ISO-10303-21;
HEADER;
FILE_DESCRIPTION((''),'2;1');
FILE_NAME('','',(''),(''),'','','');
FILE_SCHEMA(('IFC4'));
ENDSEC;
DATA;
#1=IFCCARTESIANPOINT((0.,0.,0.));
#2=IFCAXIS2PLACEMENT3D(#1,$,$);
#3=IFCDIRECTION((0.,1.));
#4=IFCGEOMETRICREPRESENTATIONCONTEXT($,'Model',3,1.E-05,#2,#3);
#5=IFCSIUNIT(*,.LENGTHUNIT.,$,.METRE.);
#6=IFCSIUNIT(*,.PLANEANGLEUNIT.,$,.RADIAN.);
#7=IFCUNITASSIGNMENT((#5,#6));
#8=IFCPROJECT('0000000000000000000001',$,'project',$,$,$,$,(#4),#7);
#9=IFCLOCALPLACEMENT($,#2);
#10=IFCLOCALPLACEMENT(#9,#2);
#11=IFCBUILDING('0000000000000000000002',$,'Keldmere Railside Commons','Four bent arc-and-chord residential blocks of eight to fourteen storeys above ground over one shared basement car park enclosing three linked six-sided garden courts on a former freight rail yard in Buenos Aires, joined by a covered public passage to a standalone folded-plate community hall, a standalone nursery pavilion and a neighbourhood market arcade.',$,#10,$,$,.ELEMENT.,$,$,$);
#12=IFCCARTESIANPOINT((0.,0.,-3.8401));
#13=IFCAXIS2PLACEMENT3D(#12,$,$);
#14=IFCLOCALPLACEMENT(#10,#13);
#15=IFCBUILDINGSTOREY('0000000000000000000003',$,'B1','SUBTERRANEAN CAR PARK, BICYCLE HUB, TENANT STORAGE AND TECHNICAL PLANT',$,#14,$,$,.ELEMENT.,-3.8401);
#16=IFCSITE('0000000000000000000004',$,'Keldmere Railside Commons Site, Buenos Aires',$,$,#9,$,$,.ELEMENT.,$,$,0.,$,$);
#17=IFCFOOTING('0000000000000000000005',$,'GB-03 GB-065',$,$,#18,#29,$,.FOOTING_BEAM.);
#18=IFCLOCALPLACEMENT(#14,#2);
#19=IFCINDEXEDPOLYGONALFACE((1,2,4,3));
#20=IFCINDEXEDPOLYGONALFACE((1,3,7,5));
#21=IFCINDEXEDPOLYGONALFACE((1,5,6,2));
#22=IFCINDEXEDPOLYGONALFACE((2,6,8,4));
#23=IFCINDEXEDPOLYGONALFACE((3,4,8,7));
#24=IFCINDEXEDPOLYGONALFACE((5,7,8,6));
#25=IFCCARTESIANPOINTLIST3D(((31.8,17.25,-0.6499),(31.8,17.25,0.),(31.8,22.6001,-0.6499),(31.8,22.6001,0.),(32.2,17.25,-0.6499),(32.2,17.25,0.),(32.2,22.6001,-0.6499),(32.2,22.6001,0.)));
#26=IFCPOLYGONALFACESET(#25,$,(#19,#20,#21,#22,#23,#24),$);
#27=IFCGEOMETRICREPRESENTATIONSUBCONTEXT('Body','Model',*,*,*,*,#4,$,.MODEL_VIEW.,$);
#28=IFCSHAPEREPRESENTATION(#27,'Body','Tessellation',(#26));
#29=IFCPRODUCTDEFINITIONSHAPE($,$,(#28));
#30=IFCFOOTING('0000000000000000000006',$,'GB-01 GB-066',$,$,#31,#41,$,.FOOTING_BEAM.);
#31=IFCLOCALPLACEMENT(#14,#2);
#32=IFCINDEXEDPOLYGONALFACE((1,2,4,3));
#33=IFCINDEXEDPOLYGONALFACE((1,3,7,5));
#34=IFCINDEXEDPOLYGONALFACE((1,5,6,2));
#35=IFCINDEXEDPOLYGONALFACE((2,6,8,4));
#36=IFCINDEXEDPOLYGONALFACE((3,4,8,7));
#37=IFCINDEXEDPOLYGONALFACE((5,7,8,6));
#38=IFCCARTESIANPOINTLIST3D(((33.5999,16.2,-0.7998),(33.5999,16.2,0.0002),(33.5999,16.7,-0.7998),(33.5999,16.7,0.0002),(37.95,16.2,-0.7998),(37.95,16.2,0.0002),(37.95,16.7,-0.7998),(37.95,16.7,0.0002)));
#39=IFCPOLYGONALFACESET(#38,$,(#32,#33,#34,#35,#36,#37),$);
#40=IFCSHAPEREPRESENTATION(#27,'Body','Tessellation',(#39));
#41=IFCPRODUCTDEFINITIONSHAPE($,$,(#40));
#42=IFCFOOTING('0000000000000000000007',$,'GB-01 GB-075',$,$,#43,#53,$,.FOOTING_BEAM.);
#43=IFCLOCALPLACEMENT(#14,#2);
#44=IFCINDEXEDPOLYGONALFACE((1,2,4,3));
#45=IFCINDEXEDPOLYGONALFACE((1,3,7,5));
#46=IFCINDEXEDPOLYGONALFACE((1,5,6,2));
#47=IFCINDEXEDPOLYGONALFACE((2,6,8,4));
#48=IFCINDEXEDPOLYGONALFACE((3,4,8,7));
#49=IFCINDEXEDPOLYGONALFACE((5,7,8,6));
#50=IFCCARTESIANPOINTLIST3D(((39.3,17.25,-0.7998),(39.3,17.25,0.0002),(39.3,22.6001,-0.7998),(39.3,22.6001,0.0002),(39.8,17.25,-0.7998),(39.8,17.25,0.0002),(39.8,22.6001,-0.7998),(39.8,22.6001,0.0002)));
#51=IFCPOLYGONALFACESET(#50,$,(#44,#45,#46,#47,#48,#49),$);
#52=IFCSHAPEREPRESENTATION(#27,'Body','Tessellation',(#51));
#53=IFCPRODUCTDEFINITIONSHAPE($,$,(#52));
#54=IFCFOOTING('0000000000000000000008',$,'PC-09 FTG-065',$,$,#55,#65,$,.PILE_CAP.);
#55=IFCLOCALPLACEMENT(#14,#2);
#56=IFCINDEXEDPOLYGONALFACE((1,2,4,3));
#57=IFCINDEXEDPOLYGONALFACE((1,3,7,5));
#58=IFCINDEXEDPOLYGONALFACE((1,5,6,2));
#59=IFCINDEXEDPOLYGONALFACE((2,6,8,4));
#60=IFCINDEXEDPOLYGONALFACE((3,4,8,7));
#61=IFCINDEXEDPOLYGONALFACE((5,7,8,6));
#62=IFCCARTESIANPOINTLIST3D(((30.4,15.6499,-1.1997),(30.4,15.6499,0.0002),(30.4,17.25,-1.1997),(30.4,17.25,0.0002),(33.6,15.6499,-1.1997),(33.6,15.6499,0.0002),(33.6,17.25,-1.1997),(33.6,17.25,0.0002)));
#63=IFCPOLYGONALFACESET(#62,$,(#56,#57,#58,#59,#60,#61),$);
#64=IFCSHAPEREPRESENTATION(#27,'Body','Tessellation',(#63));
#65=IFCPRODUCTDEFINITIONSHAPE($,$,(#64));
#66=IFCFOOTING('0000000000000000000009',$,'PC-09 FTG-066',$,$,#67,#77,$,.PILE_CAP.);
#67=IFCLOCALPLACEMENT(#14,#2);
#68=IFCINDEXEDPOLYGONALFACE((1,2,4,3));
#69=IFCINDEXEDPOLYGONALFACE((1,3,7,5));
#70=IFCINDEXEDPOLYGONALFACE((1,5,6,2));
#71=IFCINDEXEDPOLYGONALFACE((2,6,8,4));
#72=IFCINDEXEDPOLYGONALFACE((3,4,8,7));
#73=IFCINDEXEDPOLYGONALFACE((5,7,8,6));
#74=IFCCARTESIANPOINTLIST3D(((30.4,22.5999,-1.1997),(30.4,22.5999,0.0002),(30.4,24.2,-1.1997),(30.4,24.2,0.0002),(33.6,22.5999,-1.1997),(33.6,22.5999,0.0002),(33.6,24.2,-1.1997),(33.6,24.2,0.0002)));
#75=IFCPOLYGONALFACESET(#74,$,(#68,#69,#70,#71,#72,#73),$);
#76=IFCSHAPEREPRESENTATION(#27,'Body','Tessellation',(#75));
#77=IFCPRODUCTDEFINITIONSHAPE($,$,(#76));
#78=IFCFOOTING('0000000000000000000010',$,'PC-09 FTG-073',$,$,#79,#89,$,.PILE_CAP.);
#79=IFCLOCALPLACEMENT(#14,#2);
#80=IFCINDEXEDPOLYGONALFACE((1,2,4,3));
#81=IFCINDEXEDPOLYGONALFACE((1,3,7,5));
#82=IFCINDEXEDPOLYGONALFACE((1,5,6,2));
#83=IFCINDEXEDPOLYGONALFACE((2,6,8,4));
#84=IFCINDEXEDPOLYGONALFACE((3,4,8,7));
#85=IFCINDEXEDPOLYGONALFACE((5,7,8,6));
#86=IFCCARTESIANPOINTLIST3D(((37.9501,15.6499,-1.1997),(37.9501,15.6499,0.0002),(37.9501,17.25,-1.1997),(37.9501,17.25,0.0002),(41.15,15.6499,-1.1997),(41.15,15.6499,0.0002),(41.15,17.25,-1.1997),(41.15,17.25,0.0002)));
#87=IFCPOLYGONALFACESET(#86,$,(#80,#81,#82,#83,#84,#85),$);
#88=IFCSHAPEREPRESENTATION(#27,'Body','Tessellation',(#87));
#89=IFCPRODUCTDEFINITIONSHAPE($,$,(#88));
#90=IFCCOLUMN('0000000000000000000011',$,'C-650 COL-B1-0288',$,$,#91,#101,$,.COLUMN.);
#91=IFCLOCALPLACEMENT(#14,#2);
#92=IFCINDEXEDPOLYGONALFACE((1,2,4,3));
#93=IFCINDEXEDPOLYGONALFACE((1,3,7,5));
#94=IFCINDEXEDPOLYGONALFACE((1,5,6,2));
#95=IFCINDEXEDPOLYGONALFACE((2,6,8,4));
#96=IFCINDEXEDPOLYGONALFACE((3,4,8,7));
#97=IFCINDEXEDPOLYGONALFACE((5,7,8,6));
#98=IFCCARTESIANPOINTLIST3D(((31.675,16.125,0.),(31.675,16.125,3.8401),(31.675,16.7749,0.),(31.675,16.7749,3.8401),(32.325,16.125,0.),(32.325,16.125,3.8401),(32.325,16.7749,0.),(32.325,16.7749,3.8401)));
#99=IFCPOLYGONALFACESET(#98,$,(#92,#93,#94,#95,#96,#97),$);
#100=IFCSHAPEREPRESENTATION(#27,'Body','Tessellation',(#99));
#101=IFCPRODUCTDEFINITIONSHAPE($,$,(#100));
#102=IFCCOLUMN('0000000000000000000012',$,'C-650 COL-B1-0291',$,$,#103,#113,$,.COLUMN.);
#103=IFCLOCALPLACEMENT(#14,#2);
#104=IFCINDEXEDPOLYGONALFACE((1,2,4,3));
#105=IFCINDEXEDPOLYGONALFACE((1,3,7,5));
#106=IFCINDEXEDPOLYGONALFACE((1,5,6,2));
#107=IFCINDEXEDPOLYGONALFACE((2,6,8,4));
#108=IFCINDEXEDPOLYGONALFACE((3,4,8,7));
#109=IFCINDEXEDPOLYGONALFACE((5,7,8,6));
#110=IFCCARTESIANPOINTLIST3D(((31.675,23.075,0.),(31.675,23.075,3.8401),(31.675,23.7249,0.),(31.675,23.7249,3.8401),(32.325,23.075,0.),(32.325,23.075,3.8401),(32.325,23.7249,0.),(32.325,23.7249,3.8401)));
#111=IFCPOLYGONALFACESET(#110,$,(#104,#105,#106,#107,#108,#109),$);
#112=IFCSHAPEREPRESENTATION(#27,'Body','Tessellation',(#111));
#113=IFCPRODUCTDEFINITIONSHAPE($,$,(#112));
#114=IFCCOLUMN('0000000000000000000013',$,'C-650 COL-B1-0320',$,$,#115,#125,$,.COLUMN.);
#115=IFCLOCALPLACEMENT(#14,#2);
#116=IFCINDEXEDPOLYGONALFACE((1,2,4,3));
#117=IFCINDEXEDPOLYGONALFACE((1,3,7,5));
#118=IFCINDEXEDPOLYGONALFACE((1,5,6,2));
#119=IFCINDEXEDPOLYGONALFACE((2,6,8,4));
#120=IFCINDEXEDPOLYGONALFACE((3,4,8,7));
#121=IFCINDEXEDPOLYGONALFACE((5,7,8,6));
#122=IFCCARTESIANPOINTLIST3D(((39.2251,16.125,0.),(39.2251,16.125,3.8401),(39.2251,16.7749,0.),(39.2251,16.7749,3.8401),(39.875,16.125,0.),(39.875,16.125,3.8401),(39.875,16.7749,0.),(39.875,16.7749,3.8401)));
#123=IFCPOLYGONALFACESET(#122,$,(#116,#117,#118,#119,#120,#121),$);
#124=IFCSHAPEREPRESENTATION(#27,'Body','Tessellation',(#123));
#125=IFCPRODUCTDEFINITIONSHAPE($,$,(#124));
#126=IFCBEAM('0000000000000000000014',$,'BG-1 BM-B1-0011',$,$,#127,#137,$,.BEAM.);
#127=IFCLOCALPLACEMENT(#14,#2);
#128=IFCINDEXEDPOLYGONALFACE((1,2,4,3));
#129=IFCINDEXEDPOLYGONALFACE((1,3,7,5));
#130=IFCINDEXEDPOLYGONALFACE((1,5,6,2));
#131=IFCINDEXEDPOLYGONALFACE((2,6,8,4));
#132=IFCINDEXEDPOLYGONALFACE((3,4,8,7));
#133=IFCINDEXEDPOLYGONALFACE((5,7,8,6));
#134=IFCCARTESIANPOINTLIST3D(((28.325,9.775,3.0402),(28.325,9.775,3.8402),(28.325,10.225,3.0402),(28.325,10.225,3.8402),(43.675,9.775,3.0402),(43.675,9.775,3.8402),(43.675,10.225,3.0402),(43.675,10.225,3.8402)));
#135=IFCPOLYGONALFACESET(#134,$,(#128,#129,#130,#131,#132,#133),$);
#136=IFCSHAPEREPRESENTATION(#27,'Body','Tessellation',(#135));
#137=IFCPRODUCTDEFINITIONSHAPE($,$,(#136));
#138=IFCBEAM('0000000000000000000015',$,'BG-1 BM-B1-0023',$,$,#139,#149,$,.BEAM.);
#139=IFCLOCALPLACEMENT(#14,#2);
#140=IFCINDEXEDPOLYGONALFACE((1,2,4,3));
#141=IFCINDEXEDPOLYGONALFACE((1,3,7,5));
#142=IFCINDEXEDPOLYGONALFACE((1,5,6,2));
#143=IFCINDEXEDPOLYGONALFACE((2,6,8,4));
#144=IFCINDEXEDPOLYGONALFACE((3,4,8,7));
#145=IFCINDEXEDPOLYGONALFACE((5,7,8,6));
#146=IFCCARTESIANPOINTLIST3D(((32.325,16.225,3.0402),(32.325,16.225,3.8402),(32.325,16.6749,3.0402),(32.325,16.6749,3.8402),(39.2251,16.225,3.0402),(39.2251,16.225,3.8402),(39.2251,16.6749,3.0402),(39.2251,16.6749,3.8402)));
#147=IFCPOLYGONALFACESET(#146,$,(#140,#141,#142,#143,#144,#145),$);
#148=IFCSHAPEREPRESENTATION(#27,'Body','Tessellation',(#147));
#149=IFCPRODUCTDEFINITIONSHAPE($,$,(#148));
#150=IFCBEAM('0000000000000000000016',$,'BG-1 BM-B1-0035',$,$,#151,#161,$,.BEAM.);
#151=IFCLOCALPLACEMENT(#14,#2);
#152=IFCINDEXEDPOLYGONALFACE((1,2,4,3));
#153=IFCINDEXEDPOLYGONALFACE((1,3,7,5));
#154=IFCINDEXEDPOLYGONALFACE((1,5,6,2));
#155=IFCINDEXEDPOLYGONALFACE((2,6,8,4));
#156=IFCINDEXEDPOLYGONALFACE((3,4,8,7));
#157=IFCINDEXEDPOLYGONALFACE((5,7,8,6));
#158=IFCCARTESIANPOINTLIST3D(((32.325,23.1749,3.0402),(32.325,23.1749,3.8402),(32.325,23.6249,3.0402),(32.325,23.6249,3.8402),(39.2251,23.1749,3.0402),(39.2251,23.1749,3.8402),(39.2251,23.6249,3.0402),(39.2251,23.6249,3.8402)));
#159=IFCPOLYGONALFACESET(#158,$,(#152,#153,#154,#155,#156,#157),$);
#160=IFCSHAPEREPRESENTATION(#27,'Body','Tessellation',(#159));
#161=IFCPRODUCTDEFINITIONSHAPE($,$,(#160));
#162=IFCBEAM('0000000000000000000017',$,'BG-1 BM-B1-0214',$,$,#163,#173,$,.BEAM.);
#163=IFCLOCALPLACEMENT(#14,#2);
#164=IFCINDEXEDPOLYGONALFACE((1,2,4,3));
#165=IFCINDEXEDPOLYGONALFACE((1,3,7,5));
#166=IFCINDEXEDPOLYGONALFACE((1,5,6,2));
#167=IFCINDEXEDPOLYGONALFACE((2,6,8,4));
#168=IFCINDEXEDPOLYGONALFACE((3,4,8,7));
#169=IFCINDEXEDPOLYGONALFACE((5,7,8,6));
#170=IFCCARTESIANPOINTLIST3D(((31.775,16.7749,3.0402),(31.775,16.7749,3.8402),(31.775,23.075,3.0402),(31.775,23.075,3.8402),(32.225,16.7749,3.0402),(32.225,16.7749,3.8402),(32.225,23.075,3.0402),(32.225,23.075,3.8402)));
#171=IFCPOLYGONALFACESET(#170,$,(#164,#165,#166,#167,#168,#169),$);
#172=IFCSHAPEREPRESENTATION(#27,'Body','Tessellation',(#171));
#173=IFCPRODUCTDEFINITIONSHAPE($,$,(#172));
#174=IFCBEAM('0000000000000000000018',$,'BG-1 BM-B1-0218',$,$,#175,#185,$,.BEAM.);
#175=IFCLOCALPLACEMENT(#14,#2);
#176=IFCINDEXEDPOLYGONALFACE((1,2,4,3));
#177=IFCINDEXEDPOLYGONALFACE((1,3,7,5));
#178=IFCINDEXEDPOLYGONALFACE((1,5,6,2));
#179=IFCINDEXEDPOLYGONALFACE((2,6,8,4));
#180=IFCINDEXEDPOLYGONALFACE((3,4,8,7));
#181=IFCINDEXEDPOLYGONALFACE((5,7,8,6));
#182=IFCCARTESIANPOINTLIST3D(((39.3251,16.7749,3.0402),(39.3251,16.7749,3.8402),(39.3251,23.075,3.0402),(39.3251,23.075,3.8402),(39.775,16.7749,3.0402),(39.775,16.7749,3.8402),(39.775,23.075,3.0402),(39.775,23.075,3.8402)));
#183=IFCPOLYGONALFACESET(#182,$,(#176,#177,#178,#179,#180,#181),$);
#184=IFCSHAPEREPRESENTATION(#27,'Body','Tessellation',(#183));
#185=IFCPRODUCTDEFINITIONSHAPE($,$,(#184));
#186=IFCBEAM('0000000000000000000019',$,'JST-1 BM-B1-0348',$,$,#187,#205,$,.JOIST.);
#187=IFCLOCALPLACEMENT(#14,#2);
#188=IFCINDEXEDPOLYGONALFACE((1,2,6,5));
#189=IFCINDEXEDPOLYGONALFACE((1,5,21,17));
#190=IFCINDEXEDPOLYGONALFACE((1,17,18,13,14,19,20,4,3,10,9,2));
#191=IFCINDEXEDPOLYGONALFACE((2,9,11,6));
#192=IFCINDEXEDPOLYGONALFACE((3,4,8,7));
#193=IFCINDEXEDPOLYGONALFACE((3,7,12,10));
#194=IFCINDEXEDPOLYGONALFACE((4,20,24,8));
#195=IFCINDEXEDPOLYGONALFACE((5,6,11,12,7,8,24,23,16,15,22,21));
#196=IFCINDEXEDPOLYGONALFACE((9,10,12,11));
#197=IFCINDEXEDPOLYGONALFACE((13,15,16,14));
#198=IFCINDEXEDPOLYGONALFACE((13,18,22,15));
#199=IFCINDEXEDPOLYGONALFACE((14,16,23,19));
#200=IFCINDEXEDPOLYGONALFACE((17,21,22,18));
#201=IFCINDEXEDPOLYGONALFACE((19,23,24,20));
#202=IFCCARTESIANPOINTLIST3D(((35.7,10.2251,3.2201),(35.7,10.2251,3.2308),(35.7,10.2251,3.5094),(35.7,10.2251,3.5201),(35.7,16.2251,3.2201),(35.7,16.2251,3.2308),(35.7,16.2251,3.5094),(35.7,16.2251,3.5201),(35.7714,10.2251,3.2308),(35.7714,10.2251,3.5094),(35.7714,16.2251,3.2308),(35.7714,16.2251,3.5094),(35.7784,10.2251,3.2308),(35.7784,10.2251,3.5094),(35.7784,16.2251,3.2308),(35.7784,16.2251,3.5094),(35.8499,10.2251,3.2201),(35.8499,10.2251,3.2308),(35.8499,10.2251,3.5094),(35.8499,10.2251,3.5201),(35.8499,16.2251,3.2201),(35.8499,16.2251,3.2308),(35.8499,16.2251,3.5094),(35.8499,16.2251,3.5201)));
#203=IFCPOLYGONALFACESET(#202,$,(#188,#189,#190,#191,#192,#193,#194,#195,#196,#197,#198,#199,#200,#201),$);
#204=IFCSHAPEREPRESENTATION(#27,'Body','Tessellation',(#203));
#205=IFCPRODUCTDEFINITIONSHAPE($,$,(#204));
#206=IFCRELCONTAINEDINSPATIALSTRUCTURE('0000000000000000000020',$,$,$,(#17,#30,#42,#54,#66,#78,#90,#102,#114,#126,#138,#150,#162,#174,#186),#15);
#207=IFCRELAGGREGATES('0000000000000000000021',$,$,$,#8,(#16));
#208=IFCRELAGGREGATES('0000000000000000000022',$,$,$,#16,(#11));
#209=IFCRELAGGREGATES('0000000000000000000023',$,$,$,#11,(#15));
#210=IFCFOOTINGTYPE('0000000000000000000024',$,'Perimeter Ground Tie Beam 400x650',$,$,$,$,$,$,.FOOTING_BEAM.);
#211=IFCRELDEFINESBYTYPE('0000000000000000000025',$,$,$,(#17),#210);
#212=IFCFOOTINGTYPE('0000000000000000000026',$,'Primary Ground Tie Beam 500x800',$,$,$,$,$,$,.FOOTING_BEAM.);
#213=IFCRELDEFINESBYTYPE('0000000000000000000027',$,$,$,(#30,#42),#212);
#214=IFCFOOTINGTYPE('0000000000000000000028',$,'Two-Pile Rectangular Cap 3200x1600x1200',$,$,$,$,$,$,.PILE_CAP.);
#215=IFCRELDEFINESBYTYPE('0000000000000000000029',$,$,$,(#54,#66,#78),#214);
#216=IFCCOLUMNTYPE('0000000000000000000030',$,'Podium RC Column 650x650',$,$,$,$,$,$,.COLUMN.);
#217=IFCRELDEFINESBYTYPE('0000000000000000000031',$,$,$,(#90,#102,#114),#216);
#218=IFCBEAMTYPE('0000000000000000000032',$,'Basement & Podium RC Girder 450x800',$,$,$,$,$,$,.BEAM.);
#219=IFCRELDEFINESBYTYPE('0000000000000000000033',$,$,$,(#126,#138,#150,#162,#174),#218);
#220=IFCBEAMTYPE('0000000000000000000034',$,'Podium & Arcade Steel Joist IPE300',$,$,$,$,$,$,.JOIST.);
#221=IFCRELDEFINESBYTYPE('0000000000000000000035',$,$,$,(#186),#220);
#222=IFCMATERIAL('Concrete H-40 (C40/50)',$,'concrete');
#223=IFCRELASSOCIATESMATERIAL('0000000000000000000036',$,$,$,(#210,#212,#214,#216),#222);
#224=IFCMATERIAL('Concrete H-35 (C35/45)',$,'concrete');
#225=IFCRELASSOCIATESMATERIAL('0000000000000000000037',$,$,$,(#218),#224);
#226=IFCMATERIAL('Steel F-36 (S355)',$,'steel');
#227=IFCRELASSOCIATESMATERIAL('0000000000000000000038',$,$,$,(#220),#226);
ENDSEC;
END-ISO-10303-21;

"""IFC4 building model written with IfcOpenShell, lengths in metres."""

from ifc_helpers import new_model, si_unit, direction, frame, origin, origin_2d, place, context, subcontext, project, spatial, rectangle, i_section, extrude, material, material_profile, profile_set, type_object, element, save


model = new_model("IFC4")

# Units and contexts
model_context = context("Model", 3, precision=1e-05, world=origin(), true_north=direction((0.0, 1.0)))
body_context = subcontext(model_context, "Body", "Model", "MODEL_VIEW")
ifc_project = project(units=[si_unit("LENGTHUNIT", "METRE"), si_unit("PLANEANGLEUNIT", "RADIAN")], contexts=[model_context])

# Site, building, storey
site_placement = place(None, origin())
site = spatial("IfcSite", under=ifc_project, at=site_placement, Name="Keldmere Railside Commons Site, Buenos Aires", CompositionType="ELEMENT", RefElevation=0.0)
building_placement = place(site_placement, origin())
building = spatial("IfcBuilding", under=site, at=building_placement, Name="Keldmere Railside Commons", Description="Four bent arc-and-chord residential blocks of eight to fourteen storeys above ground over one shared basement car park enclosing three linked six-sided garden courts on a former freight rail yard in Buenos Aires, joined by a covered public passage to a standalone folded-plate community hall, a standalone nursery pavilion and a neighbourhood market arcade.", CompositionType="ELEMENT")
storey_placement = place(building_placement, frame((0.0, 0.0, -3.8401)))
storey = spatial("IfcBuildingStorey", under=building, at=storey_placement, Name="B1", Description="SUBTERRANEAN CAR PARK, BICYCLE HUB, TENANT STORAGE AND TECHNICAL PLANT", CompositionType="ELEMENT", Elevation=-3.8401)

# Footings
ifc_material_1 = material(Name="Concrete H-40 (C40/50)", Category="concrete")
footing_type_1 = type_object("IfcFootingType", Name="Perimeter Ground Tie Beam 400x650", PredefinedType="FOOTING_BEAM", material=ifc_material_1)
footing_1_placement = place(storey_placement, frame((32.0, 19.925, -0.6499), z_axis=(0.0, 0.0, 1.0), x_axis=(0.0, 1.0, 0.0)))
element("IfcFooting", 1, at=footing_1_placement, inside=storey, type_object=footing_type_1, Name="GB-03 GB-065", PredefinedType="FOOTING_BEAM", context=body_context, shape_type="SweptSolid", body=[
    extrude(rectangle(XDim=5.3501, YDim=0.3999, at=origin_2d()), origin(), (0.0, 0.0, 1.0), 0.6499),
])
footing_type_2 = type_object("IfcFootingType", Name="Primary Ground Tie Beam 500x800", PredefinedType="FOOTING_BEAM", material=ifc_material_1)
footing_2_placement = place(storey_placement, frame((35.7749, 16.45, -0.7998), z_axis=(0.0, 0.0, 1.0), x_axis=(1.0, 0.0, 0.0)))
element("IfcFooting", 2, at=footing_2_placement, inside=storey, type_object=footing_type_2, Name="GB-01 GB-066", PredefinedType="FOOTING_BEAM", context=body_context, shape_type="SweptSolid", body=[
    extrude(rectangle(XDim=4.3501, YDim=0.5, at=origin_2d()), origin(), (0.0, 0.0, 1.0), 0.8),
])
footing_3_placement = place(storey_placement, frame((39.55, 19.925, -0.7998), z_axis=(0.0, 0.0, 1.0), x_axis=(0.0, 1.0, 0.0)))
element("IfcFooting", 3, at=footing_3_placement, inside=storey, type_object=footing_type_2, Name="GB-01 GB-075", PredefinedType="FOOTING_BEAM", context=body_context, shape_type="SweptSolid", body=[
    extrude(rectangle(XDim=5.3501, YDim=0.5, at=origin_2d()), origin(), (0.0, 0.0, 1.0), 0.8),
])
footing_type_3 = type_object("IfcFootingType", Name="Two-Pile Rectangular Cap 3200x1600x1200", PredefinedType="PILE_CAP", material=ifc_material_1)
for number, where, z_axis, x_axis, name in (
    (4, (32.0, 16.45, -1.1997), (0.0, 0.0, 1.0), (1.0, 0.0, 0.0), "PC-09 FTG-065"),
    (5, (32.0, 23.3999, -1.1997), (0.0, 0.0, 1.0), (1.0, 0.0, 0.0), "PC-09 FTG-066"),
    (6, (39.55, 16.45, -1.1997), (0.0, 0.0, 1.0), (1.0, 0.0, 0.0), "PC-09 FTG-073"),
):
    element("IfcFooting", number, at=place(storey_placement, frame(where, z_axis=z_axis, x_axis=x_axis)), inside=storey, type_object=footing_type_3, Name=name, PredefinedType="PILE_CAP", context=body_context, shape_type="SweptSolid", body=[
        extrude(rectangle(XDim=3.2, YDim=1.6001, at=origin_2d()), origin(), (0.0, 0.0, 1.0), 1.2),
    ])

# Columns
ifc_material_profile_1 = material_profile(ifc_material_1, rectangle(XDim=0.6499, YDim=0.6499, at=origin_2d()), Name="RC-650x650")
ifc_profile_set_1 = profile_set([ifc_material_profile_1], Name="Concrete H-40 (C40/50)")
column_type = type_object("IfcColumnType", Name="Podium RC Column 650x650", PredefinedType="COLUMN", material=ifc_profile_set_1)
for number, where, z_axis, x_axis, name in (
    (7, (32.0, 16.45, 0.0), (0.0, 0.0, 1.0), (1.0, 0.0, 0.0), "C-650 COL-B1-0288"),
    (8, (32.0, 23.3999, 0.0), (0.0, 0.0, 1.0), (1.0, 0.0, 0.0), "C-650 COL-B1-0291"),
    (9, (39.55, 16.45, 0.0), (0.0, 0.0, 1.0), (1.0, 0.0, 0.0), "C-650 COL-B1-0320"),
):
    element("IfcColumn", number, at=place(storey_placement, frame(where, z_axis=z_axis, x_axis=x_axis)), inside=storey, type_object=column_type, Name=name, PredefinedType="COLUMN", context=body_context, shape_type="SweptSolid", body=[
        extrude(rectangle(XDim=0.6499, YDim=0.6499, at=origin_2d()), origin(), (0.0, 0.0, 1.0), 3.8401),
    ])

# Beams
ifc_material_2 = material(Name="Concrete H-35 (C35/45)", Category="concrete")
ifc_material_profile_2 = material_profile(ifc_material_2, rectangle(XDim=0.45, YDim=0.8, at=origin_2d()), Name="RC-450x800")
ifc_profile_set_2 = profile_set([ifc_material_profile_2], Name="Concrete H-35 (C35/45)")
beam_type_1 = type_object("IfcBeamType", Name="Basement & Podium RC Girder 450x800", PredefinedType="BEAM", material=ifc_profile_set_2)
beam_1_placement = place(storey_placement, frame((28.325, 10.0, 3.4402), z_axis=(1.0, 0.0, 0.0), x_axis=(0.0, 1.0, 0.0)))
element("IfcBeam", 10, at=beam_1_placement, inside=storey, type_object=beam_type_1, Name="BG-1 BM-B1-0011", PredefinedType="BEAM", context=body_context, shape_type="SweptSolid", body=[
    extrude(rectangle(XDim=0.45, YDim=0.8, at=origin_2d()), origin(), (0.0, 0.0, 1.0), 15.3501),
])
for number, where, z_axis, x_axis, name in (
    (11, (32.325, 16.45, 3.4402), (1.0, 0.0, 0.0), (0.0, 1.0, 0.0), "BG-1 BM-B1-0023"),
    (12, (32.325, 23.3999, 3.4402), (1.0, 0.0, 0.0), (0.0, 1.0, 0.0), "BG-1 BM-B1-0035"),
):
    element("IfcBeam", number, at=place(storey_placement, frame(where, z_axis=z_axis, x_axis=x_axis)), inside=storey, type_object=beam_type_1, Name=name, PredefinedType="BEAM", context=body_context, shape_type="SweptSolid", body=[
        extrude(rectangle(XDim=0.45, YDim=0.8, at=origin_2d()), origin(), (0.0, 0.0, 1.0), 6.9001),
    ])
for number, where, z_axis, x_axis, name in (
    (13, (32.0, 16.7749, 3.4402), (0.0, 1.0, 0.0), (-1.0, 0.0, 0.0), "BG-1 BM-B1-0214"),
    (14, (39.55, 16.7749, 3.4402), (0.0, 1.0, 0.0), (-1.0, 0.0, 0.0), "BG-1 BM-B1-0218"),
):
    element("IfcBeam", number, at=place(storey_placement, frame(where, z_axis=z_axis, x_axis=x_axis)), inside=storey, type_object=beam_type_1, Name=name, PredefinedType="BEAM", context=body_context, shape_type="SweptSolid", body=[
        extrude(rectangle(XDim=0.45, YDim=0.8, at=origin_2d()), origin(), (0.0, 0.0, 1.0), 6.3),
    ])
ifc_material_3 = material(Name="Steel F-36 (S355)", Category="steel")
ifc_material_profile_3 = material_profile(ifc_material_3, i_section(OverallWidth=0.1499, OverallDepth=0.3, WebThickness=0.0071, FlangeThickness=0.0107, at=origin_2d()), Name="IPE-300")
ifc_profile_set_3 = profile_set([ifc_material_profile_3], Name="Steel F-36 (S355)")
beam_type_2 = type_object("IfcBeamType", Name="Podium & Arcade Steel Joist IPE300", PredefinedType="JOIST", material=ifc_profile_set_3)
beam_2_placement = place(storey_placement, frame((35.7749, 10.2251, 3.3701), z_axis=(0.0, 1.0, 0.0), x_axis=(-1.0, 0.0, 0.0)))
element("IfcBeam", 15, at=beam_2_placement, inside=storey, type_object=beam_type_2, Name="JST-1 BM-B1-0348", PredefinedType="JOIST", context=body_context, shape_type="SweptSolid", body=[
    extrude(i_section(OverallWidth=0.1499, OverallDepth=0.3, WebThickness=0.0071, FlangeThickness=0.0107, at=origin_2d()), origin(), (0.0, 0.0, 1.0), 6.0),
])

save(model, "model.ifc")
